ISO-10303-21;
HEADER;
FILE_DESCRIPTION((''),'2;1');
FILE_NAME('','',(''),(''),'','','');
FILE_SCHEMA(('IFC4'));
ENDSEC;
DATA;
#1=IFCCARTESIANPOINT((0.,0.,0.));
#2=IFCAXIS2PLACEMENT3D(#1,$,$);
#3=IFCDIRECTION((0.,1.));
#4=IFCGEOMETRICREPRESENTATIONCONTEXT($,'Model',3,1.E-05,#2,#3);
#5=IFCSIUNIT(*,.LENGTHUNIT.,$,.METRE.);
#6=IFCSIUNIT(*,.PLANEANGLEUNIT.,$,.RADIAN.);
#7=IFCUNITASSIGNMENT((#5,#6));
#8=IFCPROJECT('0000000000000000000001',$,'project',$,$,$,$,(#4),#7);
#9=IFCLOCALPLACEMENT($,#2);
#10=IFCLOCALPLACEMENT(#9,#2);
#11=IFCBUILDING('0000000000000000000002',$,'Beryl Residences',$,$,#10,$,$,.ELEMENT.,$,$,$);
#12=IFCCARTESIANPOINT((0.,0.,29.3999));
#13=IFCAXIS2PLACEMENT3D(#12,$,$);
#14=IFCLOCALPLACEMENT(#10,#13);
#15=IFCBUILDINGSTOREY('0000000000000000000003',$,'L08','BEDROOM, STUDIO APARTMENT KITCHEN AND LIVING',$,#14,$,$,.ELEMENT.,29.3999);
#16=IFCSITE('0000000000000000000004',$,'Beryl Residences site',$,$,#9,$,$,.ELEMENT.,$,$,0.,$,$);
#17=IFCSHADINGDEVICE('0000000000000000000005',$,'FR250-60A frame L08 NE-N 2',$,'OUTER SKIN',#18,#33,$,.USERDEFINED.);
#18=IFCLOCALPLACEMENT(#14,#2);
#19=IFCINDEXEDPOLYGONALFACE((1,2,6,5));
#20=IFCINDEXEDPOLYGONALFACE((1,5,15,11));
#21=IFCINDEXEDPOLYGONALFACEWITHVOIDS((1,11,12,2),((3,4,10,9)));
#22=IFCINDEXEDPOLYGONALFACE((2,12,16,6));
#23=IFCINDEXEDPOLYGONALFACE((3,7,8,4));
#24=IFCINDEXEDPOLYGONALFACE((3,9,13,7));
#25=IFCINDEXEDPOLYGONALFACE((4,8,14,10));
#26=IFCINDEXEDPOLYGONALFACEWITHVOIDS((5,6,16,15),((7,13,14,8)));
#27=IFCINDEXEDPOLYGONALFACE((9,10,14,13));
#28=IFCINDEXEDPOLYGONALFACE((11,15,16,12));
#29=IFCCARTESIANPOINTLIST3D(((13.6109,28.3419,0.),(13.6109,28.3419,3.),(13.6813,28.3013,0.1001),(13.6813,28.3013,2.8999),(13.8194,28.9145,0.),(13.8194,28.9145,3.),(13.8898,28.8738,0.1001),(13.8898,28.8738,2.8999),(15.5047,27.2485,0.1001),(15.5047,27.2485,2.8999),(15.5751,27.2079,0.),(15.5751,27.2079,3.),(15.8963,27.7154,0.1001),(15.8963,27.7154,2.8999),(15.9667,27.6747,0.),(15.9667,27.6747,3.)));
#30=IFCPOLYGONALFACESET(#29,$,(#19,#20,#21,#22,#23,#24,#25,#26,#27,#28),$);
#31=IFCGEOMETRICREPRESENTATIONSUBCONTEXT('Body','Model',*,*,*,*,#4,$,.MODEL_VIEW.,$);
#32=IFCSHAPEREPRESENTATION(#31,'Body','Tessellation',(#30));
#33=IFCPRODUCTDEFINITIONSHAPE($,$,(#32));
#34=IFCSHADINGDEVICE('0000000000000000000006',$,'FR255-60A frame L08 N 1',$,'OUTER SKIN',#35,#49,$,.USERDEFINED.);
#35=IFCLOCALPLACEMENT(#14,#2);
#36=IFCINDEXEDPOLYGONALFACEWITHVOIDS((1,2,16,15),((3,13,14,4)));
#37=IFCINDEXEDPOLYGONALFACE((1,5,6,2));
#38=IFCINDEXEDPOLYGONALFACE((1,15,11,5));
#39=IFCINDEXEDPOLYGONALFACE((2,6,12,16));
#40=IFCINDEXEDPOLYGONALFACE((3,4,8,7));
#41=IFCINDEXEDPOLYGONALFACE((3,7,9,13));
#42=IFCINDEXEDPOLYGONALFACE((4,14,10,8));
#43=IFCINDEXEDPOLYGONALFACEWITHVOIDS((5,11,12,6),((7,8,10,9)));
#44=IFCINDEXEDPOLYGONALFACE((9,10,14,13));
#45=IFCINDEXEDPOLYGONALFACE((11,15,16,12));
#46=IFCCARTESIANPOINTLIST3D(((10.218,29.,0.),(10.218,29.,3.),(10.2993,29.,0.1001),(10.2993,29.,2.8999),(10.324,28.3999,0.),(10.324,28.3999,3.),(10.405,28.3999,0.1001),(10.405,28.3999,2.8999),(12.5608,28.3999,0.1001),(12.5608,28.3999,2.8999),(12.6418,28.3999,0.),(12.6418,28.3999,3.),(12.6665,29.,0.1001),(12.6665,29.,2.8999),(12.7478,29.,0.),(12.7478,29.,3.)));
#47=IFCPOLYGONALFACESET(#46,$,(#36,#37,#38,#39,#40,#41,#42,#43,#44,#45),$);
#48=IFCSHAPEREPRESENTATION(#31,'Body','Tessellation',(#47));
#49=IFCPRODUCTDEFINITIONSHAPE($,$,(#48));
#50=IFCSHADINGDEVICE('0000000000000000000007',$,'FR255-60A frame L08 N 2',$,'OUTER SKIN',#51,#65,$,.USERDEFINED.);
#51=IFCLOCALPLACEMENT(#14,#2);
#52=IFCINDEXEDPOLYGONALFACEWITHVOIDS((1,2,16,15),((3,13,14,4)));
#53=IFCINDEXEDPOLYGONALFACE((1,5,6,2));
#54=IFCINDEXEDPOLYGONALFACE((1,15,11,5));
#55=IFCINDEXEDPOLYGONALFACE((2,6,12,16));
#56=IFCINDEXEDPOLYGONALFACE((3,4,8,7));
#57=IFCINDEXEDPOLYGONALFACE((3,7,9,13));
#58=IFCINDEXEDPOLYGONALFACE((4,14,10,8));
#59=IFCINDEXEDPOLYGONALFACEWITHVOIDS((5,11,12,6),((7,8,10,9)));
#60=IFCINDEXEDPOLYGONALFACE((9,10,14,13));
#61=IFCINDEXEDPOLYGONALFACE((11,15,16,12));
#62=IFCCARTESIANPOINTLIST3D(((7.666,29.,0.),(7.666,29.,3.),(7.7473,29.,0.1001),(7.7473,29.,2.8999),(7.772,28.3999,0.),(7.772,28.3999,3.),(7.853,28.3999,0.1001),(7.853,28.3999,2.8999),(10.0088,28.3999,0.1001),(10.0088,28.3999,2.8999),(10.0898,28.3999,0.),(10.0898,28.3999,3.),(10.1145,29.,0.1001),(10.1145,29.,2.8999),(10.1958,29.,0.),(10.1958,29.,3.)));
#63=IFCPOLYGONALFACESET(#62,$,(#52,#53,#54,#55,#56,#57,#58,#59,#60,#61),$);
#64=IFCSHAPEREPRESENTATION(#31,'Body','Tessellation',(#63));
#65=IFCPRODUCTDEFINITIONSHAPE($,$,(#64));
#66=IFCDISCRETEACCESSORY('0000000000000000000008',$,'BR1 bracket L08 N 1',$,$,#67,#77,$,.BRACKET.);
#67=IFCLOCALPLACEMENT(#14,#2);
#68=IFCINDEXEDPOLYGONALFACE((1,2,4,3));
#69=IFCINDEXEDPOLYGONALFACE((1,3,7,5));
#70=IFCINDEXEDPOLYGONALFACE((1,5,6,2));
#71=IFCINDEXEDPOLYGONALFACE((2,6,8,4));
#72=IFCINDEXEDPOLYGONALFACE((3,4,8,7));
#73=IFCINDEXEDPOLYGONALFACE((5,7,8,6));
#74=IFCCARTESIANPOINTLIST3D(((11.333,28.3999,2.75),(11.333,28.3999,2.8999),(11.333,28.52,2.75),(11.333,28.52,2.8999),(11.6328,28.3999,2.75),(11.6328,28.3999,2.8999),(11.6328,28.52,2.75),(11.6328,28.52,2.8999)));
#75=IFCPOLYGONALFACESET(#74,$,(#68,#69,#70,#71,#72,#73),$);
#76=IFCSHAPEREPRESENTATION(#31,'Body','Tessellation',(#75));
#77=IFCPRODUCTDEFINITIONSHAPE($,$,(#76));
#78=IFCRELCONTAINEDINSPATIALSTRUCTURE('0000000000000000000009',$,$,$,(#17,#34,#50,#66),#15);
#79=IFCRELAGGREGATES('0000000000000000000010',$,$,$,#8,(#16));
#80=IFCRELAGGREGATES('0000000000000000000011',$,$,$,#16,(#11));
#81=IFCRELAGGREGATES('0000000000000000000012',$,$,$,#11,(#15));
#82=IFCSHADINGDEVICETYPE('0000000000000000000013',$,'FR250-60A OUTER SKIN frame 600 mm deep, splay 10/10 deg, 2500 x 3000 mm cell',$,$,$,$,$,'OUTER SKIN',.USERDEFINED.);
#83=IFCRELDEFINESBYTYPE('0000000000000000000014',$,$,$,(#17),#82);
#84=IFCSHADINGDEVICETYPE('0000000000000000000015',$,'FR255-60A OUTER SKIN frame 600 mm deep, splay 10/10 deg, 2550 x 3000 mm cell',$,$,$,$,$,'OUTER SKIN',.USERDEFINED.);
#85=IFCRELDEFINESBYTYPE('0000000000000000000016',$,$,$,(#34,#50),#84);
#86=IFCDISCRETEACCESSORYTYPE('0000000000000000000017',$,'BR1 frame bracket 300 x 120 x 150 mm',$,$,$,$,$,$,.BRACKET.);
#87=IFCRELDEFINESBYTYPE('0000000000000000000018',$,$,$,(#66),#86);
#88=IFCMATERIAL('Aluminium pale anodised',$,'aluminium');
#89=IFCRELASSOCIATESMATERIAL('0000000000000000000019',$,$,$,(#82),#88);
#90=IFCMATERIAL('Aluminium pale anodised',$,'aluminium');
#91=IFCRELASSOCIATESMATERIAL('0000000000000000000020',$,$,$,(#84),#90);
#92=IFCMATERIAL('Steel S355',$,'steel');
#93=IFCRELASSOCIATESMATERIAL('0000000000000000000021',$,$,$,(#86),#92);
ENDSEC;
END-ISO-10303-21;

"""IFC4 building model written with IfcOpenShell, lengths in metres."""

from ifc_helpers import new_model, entity, si_unit, direction, frame, origin, place, context, subcontext, project, spatial, polyline, outline, extrude, source, transform, mapped, material, type_object, type_shapes, element, save


model = new_model("IFC4")

# Units and contexts
model_context = context("Model", 3, precision=1e-05, world=origin(), true_north=direction((0.0, 1.0)))
body_context = subcontext(model_context, "Body", "Model", "MODEL_VIEW")
ifc_project = project(units=[si_unit("LENGTHUNIT", "METRE"), si_unit("PLANEANGLEUNIT", "RADIAN")], contexts=[model_context])

# Site, building, storey
site_placement = place(None, origin())
site = spatial("IfcSite", under=ifc_project, at=site_placement, Name="Beryl Residences site", CompositionType="ELEMENT", RefElevation=0.0)
building_placement = place(site_placement, origin())
building = spatial("IfcBuilding", under=site, at=building_placement, Name="Beryl Residences", CompositionType="ELEMENT")
storey_placement = place(building_placement, frame((0.0, 0.0, 29.3999)))
storey = spatial("IfcBuildingStorey", under=building, at=storey_placement, Name="L08", Description="BEDROOM, STUDIO APARTMENT KITCHEN AND LIVING", CompositionType="ELEMENT", Elevation=29.3999)

# Shading devices
ifc_material_1 = material(Name="Aluminium pale anodised", Category="aluminium")
shading_device_type_1 = type_object("IfcShadingDeviceType", Name="FR250-60A OUTER SKIN frame 600 mm deep, splay 10/10 deg, 2500 x 3000 mm cell", ElementType="OUTER SKIN", PredefinedType="USERDEFINED", material=ifc_material_1)
cartesian_point_1 = entity("IfcCartesianPoint", [-1.134, 0.0])
cartesian_point_2 = entity("IfcCartesianPoint", [-1.0527, 0.1001])
cartesian_point_3 = entity("IfcCartesianPoint", [-1.2397, 0.0])
cartesian_point_4 = entity("IfcCartesianPoint", [-1.1584, 0.1001])
shared_shape_1 = source(origin(), body_context, "Body", "SweptSolid", [
    entity("IfcExtrudedAreaSolidTapered", entity("IfcArbitraryProfileDefWithVoids", "AREA", None, entity("IfcPolyline", [cartesian_point_1, entity("IfcCartesianPoint", [1.134, 0.0]), entity("IfcCartesianPoint", [1.134, 3.0]), entity("IfcCartesianPoint", [-1.134, 3.0]), cartesian_point_1]), [entity("IfcPolyline", [cartesian_point_2, entity("IfcCartesianPoint", [1.0527, 0.1001]), entity("IfcCartesianPoint", [1.0527, 2.8999]), entity("IfcCartesianPoint", [-1.0527, 2.8999]), cartesian_point_2])]), entity("IfcAxis2Placement3D", entity("IfcCartesianPoint", [0.0, 0.0, 0.0]), entity("IfcDirection", [0.0, 1.0, 0.0]), entity("IfcDirection", [-1.0, 0.0, 0.0])), entity("IfcDirection", [0.0, 0.0, 1.0]), 0.6001, entity("IfcArbitraryProfileDefWithVoids", "AREA", None, entity("IfcPolyline", [cartesian_point_3, entity("IfcCartesianPoint", [1.2397, 0.0]), entity("IfcCartesianPoint", [1.2397, 3.0]), entity("IfcCartesianPoint", [-1.2397, 3.0]), cartesian_point_3]), [entity("IfcPolyline", [cartesian_point_4, entity("IfcCartesianPoint", [1.1584, 0.1001]), entity("IfcCartesianPoint", [1.1584, 2.8999]), entity("IfcCartesianPoint", [-1.1584, 2.8999]), cartesian_point_4])])),
])
type_shapes(shading_device_type_1, [shared_shape_1])
shading_device_placement = place(storey_placement, frame((14.593, 27.7749, 0.0), z_axis=(0.0, 0.0, 1.0), x_axis=(0.866025, -0.5, 0.0)))
element("IfcShadingDevice", 1, at=shading_device_placement, inside=storey, type_object=shading_device_type_1, Name="FR250-60A frame L08 NE-N 2", ObjectType="OUTER SKIN", PredefinedType="USERDEFINED", context=body_context, shape_type="MappedRepresentation", body=[
    mapped(shared_shape_1, transform((0.0, 0.0, 0.0))),
])
ifc_material_2 = material(Name="Aluminium pale anodised", Category="aluminium")
shading_device_type_2 = type_object("IfcShadingDeviceType", Name="FR255-60A OUTER SKIN frame 600 mm deep, splay 10/10 deg, 2550 x 3000 mm cell", ElementType="OUTER SKIN", PredefinedType="USERDEFINED", material=ifc_material_2)
cartesian_point_5 = entity("IfcCartesianPoint", [-1.1589, 0.0])
cartesian_point_6 = entity("IfcCartesianPoint", [-1.0779, 0.1001])
cartesian_point_7 = entity("IfcCartesianPoint", [-1.2649, 0.0])
cartesian_point_8 = entity("IfcCartesianPoint", [-1.1836, 0.1001])
shared_shape_2 = source(origin(), body_context, "Body", "SweptSolid", [
    entity("IfcExtrudedAreaSolidTapered", entity("IfcArbitraryProfileDefWithVoids", "AREA", None, entity("IfcPolyline", [cartesian_point_5, entity("IfcCartesianPoint", [1.1589, 0.0]), entity("IfcCartesianPoint", [1.1589, 3.0]), entity("IfcCartesianPoint", [-1.1589, 3.0]), cartesian_point_5]), [entity("IfcPolyline", [cartesian_point_6, entity("IfcCartesianPoint", [1.0779, 0.1001]), entity("IfcCartesianPoint", [1.0779, 2.8999]), entity("IfcCartesianPoint", [-1.0779, 2.8999]), cartesian_point_6])]), entity("IfcAxis2Placement3D", entity("IfcCartesianPoint", [0.0, 0.0, 0.0]), entity("IfcDirection", [0.0, 1.0, 0.0]), entity("IfcDirection", [-1.0, 0.0, 0.0])), entity("IfcDirection", [0.0, 0.0, 1.0]), 0.6001, entity("IfcArbitraryProfileDefWithVoids", "AREA", None, entity("IfcPolyline", [cartesian_point_7, entity("IfcCartesianPoint", [1.2649, 0.0]), entity("IfcCartesianPoint", [1.2649, 3.0]), entity("IfcCartesianPoint", [-1.2649, 3.0]), cartesian_point_7]), [entity("IfcPolyline", [cartesian_point_8, entity("IfcCartesianPoint", [1.1836, 0.1001]), entity("IfcCartesianPoint", [1.1836, 2.8999]), entity("IfcCartesianPoint", [-1.1836, 2.8999]), cartesian_point_8])])),
])
type_shapes(shading_device_type_2, [shared_shape_2])
for number, where, z_axis, x_axis, name in (
    (2, (11.4829, 28.3999, 0.0), (0.0, 0.0, 1.0), (1.0, 0.0, 0.0), "FR255-60A frame L08 N 1"),
    (3, (8.9309, 28.3999, 0.0), (0.0, 0.0, 1.0), (1.0, 0.0, 0.0), "FR255-60A frame L08 N 2"),
):
    element("IfcShadingDevice", number, at=place(storey_placement, frame(where, z_axis=z_axis, x_axis=x_axis)), inside=storey, type_object=shading_device_type_2, Name=name, ObjectType="OUTER SKIN", PredefinedType="USERDEFINED", context=body_context, shape_type="MappedRepresentation", body=[
        mapped(shared_shape_2, transform((0.0, 0.0, 0.0))),
    ])

# Discrete accessory
ifc_material_3 = material(Name="Steel S355", Category="steel")
discrete_accessory_type = type_object("IfcDiscreteAccessoryType", Name="BR1 frame bracket 300 x 120 x 150 mm", PredefinedType="BRACKET", material=ifc_material_3)
shared_shape_3 = source(origin(), body_context, "Body", "SweptSolid", [
    extrude(outline(polyline([(-0.1499, 0.0), (0.1499, 0.0), (0.1499, 0.1201), (-0.1499, 0.1201), (-0.1499, 0.0)])), origin(), (0.0, 0.0, 1.0), 0.1499),
])
type_shapes(discrete_accessory_type, [shared_shape_3])
discrete_accessory_placement = place(storey_placement, frame((11.4829, 28.3999, 2.75), z_axis=(0.0, 0.0, 1.0), x_axis=(1.0, 0.0, 0.0)))
element("IfcDiscreteAccessory", 4, at=discrete_accessory_placement, inside=storey, type_object=discrete_accessory_type, Name="BR1 bracket L08 N 1", PredefinedType="BRACKET", context=body_context, shape_type="MappedRepresentation", body=[
    mapped(shared_shape_3, transform((0.0, 0.0, 0.0))),
])

save(model, "model.ifc")
